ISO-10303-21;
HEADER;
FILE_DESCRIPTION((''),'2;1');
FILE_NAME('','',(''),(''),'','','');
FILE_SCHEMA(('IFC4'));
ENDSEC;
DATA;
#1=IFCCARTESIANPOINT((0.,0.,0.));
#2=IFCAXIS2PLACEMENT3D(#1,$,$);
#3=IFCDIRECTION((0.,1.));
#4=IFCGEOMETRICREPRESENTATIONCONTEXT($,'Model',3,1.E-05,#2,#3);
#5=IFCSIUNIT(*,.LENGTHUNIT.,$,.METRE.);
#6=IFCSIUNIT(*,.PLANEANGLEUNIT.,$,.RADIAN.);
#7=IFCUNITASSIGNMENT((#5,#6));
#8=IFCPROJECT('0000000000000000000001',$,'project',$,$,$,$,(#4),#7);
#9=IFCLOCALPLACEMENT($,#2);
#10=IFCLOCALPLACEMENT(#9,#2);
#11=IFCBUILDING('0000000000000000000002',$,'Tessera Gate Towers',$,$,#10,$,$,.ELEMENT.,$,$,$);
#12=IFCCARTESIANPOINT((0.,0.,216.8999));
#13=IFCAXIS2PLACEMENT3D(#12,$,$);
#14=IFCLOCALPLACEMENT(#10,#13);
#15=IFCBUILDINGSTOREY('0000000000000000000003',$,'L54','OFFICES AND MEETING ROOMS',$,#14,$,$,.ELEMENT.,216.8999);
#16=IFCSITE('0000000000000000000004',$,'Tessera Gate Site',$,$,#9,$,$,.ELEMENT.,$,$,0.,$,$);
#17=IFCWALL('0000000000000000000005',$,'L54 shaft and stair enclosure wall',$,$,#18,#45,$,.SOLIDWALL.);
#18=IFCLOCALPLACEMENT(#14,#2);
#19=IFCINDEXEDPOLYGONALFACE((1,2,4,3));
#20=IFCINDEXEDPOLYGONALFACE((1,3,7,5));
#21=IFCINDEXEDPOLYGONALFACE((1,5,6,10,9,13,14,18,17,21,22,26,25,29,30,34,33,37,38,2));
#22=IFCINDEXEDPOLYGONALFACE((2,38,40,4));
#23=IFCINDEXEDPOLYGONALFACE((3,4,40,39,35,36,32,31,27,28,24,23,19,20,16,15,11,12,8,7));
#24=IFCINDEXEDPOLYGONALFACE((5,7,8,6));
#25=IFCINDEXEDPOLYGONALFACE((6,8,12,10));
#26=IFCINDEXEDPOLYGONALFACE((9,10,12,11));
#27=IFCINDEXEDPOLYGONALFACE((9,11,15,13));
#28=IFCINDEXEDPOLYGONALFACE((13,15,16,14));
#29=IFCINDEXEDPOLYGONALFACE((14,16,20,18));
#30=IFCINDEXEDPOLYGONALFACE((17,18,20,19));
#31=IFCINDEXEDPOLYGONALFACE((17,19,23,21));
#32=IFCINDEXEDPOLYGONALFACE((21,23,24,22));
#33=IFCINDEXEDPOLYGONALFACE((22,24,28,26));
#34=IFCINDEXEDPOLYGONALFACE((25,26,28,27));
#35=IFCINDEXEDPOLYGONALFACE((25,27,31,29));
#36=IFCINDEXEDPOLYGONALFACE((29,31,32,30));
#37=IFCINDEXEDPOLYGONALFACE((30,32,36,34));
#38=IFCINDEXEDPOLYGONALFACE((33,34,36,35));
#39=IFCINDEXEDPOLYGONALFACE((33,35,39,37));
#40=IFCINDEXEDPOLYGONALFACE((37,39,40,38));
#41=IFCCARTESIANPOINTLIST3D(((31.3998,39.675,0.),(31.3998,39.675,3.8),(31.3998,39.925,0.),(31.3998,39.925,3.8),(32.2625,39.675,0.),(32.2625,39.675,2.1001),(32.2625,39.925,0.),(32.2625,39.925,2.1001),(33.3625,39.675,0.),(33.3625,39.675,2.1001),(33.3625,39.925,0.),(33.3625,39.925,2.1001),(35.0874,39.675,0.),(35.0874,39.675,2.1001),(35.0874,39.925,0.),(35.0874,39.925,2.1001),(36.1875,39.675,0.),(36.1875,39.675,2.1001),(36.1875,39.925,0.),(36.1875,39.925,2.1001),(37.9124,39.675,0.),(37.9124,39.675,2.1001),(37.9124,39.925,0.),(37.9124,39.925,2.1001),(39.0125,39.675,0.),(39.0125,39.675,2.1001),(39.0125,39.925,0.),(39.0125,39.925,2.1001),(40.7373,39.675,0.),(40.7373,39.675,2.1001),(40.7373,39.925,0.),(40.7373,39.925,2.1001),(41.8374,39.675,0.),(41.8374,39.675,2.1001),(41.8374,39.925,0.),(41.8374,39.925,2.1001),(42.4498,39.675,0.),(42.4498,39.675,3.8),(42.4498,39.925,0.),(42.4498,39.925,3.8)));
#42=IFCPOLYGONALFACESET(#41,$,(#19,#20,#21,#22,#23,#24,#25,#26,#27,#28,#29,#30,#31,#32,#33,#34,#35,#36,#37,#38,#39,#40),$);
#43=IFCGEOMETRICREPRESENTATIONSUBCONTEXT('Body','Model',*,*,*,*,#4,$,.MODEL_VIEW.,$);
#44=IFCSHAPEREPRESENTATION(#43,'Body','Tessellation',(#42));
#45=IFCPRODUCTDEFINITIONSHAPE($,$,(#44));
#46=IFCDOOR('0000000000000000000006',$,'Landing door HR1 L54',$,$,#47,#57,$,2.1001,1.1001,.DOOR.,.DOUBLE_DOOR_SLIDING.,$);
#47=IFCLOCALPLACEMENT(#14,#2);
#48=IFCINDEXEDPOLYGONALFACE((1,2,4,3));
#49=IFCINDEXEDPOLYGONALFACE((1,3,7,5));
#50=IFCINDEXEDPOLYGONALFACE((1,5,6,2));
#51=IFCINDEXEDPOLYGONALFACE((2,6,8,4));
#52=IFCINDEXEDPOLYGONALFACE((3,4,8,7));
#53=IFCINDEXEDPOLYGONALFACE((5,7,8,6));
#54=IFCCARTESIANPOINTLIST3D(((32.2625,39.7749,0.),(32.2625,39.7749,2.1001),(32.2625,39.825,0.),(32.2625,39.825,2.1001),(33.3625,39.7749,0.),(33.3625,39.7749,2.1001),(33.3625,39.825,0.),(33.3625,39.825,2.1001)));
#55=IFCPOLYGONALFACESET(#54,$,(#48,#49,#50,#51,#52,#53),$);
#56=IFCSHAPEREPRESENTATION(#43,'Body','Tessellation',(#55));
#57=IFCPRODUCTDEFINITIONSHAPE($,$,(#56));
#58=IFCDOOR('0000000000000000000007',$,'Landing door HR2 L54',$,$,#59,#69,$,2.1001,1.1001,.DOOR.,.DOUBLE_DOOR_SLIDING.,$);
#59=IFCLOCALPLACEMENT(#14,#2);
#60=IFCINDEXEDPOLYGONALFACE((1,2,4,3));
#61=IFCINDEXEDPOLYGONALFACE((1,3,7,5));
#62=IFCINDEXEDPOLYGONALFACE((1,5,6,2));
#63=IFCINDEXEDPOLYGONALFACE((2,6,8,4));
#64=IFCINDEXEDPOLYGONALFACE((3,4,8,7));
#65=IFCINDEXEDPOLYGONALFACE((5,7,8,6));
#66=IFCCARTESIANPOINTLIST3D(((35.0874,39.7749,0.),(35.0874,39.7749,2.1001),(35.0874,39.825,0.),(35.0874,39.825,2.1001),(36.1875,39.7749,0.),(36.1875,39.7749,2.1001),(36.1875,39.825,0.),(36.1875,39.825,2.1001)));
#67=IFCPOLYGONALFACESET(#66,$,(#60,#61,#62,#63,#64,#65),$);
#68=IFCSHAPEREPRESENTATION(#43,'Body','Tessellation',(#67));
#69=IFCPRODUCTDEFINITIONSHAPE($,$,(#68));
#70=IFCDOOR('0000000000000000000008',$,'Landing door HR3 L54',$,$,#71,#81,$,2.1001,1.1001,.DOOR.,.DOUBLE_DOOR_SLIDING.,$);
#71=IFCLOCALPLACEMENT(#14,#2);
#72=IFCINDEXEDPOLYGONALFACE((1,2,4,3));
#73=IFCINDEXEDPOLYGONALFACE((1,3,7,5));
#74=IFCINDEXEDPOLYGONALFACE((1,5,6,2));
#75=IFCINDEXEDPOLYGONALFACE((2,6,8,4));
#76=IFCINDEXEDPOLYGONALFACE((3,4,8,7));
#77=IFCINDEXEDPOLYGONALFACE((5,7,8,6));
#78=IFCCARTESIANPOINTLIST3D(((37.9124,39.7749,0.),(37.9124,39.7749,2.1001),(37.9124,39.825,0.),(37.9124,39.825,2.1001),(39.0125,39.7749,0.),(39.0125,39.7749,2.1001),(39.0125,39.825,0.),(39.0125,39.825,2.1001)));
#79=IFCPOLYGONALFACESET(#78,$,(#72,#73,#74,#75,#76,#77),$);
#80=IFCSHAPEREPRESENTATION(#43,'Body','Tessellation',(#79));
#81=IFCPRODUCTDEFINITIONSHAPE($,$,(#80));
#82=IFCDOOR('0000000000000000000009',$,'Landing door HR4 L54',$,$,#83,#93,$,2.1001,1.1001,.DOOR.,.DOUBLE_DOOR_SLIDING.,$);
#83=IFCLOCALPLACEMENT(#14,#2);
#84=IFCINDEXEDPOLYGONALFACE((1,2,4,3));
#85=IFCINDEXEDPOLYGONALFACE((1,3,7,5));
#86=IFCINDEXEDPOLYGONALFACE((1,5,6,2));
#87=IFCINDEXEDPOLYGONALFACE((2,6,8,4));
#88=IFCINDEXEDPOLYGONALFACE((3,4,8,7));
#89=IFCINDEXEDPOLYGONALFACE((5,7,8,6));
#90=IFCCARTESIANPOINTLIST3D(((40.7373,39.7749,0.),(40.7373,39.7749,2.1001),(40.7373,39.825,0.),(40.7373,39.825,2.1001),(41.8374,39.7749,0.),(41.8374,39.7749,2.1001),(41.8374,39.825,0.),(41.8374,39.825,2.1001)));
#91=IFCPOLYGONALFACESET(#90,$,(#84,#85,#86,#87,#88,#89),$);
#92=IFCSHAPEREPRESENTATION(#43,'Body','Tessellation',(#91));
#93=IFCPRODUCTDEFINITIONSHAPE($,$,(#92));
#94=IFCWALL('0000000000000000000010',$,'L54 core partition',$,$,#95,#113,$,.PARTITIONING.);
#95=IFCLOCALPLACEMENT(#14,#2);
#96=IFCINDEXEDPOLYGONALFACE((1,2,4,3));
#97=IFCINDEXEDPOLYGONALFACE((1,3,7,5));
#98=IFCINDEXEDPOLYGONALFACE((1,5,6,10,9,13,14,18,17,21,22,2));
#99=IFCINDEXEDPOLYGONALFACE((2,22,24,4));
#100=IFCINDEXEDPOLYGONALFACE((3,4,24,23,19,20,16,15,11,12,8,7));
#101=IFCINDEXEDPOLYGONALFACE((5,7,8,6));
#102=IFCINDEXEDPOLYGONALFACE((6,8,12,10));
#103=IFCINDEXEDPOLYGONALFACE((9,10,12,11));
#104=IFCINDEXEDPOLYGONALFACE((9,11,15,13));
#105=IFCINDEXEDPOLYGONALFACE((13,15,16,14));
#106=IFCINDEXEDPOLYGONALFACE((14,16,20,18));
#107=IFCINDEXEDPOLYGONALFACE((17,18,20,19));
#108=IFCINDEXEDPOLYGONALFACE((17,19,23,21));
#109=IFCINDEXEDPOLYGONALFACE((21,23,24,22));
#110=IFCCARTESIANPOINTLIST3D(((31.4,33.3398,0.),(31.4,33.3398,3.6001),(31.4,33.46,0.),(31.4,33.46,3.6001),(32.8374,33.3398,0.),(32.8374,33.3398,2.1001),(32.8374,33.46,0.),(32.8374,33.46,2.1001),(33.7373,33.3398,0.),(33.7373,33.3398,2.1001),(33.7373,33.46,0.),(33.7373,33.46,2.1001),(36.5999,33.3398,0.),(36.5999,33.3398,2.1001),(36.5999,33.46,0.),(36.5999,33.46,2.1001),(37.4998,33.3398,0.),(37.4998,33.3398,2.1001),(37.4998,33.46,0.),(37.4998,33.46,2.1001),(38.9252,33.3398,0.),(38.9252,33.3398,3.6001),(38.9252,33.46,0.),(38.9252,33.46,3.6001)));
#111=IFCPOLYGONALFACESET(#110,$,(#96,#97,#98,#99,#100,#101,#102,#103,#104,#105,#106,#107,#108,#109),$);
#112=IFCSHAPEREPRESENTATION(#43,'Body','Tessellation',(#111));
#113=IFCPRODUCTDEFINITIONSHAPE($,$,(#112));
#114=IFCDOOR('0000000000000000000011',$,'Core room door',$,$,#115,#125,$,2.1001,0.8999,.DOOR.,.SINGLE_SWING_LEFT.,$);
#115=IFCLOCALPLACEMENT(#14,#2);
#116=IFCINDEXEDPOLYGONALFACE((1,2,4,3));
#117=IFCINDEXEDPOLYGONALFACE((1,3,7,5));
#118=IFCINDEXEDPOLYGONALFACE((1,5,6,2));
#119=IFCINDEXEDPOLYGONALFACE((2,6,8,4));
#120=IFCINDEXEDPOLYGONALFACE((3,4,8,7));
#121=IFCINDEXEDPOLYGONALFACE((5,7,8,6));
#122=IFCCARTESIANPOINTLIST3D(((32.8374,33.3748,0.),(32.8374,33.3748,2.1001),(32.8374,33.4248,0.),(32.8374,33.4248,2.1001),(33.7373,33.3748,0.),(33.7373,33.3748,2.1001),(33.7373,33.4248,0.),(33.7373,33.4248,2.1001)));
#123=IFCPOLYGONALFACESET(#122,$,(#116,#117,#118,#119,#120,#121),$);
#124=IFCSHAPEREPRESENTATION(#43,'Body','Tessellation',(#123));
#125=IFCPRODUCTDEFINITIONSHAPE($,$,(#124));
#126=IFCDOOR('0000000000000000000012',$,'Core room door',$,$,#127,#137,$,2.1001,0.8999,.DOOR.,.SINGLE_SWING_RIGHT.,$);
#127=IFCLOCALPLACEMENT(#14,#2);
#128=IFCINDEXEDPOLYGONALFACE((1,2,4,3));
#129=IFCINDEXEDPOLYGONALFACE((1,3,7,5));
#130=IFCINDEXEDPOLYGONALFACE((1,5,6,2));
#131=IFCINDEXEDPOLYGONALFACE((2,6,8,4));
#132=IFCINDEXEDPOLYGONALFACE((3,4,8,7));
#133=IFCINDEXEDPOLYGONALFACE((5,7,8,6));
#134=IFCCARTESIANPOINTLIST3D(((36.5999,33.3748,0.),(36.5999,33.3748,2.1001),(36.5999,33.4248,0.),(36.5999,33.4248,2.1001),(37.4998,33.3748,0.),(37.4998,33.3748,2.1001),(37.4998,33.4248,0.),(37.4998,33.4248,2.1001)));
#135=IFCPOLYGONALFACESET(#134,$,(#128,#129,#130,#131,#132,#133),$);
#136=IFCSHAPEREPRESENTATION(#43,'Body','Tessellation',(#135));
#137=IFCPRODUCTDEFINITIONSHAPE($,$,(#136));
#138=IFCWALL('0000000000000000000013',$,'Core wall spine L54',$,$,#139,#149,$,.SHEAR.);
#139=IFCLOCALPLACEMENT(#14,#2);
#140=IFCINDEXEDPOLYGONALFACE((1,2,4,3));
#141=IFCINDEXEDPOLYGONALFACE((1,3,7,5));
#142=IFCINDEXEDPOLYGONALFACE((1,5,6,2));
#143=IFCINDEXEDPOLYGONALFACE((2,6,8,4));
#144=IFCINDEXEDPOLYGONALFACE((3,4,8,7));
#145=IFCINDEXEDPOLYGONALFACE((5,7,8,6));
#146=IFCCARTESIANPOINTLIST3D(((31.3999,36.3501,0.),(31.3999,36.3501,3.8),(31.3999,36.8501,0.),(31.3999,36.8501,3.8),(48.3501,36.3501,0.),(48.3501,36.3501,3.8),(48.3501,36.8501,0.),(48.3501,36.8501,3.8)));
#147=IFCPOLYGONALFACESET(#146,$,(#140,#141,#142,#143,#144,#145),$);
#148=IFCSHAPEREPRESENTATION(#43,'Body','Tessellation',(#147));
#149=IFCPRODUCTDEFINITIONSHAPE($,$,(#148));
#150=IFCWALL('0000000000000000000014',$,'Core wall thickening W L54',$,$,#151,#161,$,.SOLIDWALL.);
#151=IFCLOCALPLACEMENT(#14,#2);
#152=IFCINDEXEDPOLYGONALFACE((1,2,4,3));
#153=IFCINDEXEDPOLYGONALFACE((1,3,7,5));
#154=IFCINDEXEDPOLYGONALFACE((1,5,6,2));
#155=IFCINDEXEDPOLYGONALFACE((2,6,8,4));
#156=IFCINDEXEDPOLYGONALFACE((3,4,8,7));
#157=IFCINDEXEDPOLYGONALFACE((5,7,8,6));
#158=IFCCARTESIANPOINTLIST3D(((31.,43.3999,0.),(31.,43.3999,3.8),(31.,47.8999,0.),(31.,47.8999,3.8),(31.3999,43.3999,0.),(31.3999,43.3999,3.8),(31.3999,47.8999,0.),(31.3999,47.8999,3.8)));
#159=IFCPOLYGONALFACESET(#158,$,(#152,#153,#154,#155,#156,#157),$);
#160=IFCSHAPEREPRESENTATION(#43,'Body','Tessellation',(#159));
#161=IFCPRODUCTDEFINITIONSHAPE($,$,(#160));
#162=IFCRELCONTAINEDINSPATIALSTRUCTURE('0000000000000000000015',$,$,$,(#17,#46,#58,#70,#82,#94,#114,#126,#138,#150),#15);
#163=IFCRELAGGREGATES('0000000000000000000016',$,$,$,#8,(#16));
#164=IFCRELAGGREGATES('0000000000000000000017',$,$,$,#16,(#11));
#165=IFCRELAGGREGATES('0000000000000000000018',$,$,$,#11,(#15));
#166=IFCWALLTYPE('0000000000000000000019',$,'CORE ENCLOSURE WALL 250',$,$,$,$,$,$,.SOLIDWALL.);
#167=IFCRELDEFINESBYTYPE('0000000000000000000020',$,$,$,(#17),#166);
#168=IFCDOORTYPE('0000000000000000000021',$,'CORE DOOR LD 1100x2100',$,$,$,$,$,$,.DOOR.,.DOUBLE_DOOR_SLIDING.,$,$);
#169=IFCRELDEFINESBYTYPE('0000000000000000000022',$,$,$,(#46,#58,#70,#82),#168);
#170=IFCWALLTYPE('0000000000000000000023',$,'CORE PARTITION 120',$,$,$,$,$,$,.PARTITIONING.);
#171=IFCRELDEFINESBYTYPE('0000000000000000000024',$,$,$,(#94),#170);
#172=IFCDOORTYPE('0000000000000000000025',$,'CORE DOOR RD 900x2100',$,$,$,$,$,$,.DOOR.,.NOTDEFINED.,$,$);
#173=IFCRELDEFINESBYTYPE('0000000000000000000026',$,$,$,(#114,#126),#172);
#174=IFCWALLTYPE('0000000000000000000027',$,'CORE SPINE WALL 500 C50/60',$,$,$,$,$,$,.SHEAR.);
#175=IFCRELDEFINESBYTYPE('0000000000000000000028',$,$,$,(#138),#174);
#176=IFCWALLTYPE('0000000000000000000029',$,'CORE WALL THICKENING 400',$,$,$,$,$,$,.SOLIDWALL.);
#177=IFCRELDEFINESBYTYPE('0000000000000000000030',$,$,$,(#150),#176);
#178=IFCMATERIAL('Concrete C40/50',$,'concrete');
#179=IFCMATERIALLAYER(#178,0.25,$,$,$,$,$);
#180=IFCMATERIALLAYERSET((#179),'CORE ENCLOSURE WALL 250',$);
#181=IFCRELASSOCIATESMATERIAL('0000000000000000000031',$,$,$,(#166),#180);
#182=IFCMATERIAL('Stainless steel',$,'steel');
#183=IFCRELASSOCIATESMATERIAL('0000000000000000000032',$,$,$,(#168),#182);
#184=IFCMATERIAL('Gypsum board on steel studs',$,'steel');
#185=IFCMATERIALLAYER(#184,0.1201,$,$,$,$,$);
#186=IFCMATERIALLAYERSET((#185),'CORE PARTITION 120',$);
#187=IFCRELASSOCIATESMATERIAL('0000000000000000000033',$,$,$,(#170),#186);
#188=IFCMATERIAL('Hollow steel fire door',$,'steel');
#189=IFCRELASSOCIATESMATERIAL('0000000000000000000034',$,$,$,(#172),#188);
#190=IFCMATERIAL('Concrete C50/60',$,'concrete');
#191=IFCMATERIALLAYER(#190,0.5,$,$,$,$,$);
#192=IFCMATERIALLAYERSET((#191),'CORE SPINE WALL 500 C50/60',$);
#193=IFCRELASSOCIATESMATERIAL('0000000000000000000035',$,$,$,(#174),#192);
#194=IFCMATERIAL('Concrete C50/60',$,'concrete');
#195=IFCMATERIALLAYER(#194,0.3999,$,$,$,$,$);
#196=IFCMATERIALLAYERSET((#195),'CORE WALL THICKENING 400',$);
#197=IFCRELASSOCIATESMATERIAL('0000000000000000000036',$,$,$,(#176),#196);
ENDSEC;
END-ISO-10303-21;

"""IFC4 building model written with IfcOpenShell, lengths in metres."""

from ifc_helpers import new_model, si_unit, direction, frame, frame_2d, origin, place, context, subcontext, project, spatial, rectangle, extrude, source, transform, mapped, material, layer, layer_set, type_object, element, fill, save


model = new_model("IFC4")

# Units and contexts
model_context = context("Model", 3, precision=1e-05, world=origin(), true_north=direction((0.0, 1.0)))
body_context = subcontext(model_context, "Body", "Model", "MODEL_VIEW")
ifc_project = project(units=[si_unit("LENGTHUNIT", "METRE"), si_unit("PLANEANGLEUNIT", "RADIAN")], contexts=[model_context])

# Site, building, storey
site_placement = place(None, origin())
site = spatial("IfcSite", under=ifc_project, at=site_placement, Name="Tessera Gate Site", CompositionType="ELEMENT", RefElevation=0.0)
building_placement = place(site_placement, origin())
building = spatial("IfcBuilding", under=site, at=building_placement, Name="Tessera Gate Towers", CompositionType="ELEMENT")
storey_placement = place(building_placement, frame((0.0, 0.0, 216.8999)))
storey = spatial("IfcBuildingStorey", under=building, at=storey_placement, Name="L54", Description="OFFICES AND MEETING ROOMS", CompositionType="ELEMENT", Elevation=216.8999)

# Walls, openings, doors
ifc_material_1 = material(Name="Concrete C40/50", Category="concrete")
ifc_layer_1 = layer(ifc_material_1, 0.25)
ifc_layer_set_1 = layer_set([ifc_layer_1], Name="CORE ENCLOSURE WALL 250")
wall_type_1 = type_object("IfcWallType", Name="CORE ENCLOSURE WALL 250", PredefinedType="SOLIDWALL", material=ifc_layer_set_1)
wall_1_placement = place(storey_placement, frame((31.3999, 39.8, 0.0), z_axis=(0.0, 0.0, 1.0), x_axis=(1.0, 0.0, 0.0)))
wall_1 = element("IfcWall", 1, at=wall_1_placement, inside=storey, type_object=wall_type_1, Name="L54 shaft and stair enclosure wall", PredefinedType="SOLIDWALL", context=body_context, shape_type="SweptSolid", body=[
    extrude(rectangle(XDim=11.05, YDim=0.25, at=frame_2d((5.5249, 0.0))), origin(), (0.0, 0.0, 1.0), 3.8),
])
shared_shape_1 = source(origin(), body_context, "Body", "SweptSolid", [
    extrude(rectangle(XDim=1.1001, YDim=2.1001, at=frame_2d((0.55, 1.05))), frame((0.0, 0.135, 0.0), z_axis=(0.0, -1.0, 0.0), x_axis=(1.0, 0.0, 0.0)), (0.0, 0.0, 1.0), 0.27),
])
opening_1_placement = place(wall_1_placement, frame((0.8625, 0.0, 0.0)))
opening_1 = element("IfcOpeningElement", 2, at=opening_1_placement, cuts=wall_1, PredefinedType="OPENING", context=body_context, shape_type="MappedRepresentation", body=[
    mapped(shared_shape_1, transform((0.0, 0.0, 0.0), scale=1.0)),
])
opening_2_placement = place(wall_1_placement, frame((3.6875, 0.0, 0.0)))
opening_2 = element("IfcOpeningElement", 3, at=opening_2_placement, cuts=wall_1, PredefinedType="OPENING", context=body_context, shape_type="MappedRepresentation", body=[
    mapped(shared_shape_1, transform((0.0, 0.0, 0.0), scale=1.0)),
])
opening_3_placement = place(wall_1_placement, frame((6.5125, 0.0, 0.0)))
opening_3 = element("IfcOpeningElement", 4, at=opening_3_placement, cuts=wall_1, PredefinedType="OPENING", context=body_context, shape_type="MappedRepresentation", body=[
    mapped(shared_shape_1, transform((0.0, 0.0, 0.0), scale=1.0)),
])
opening_4_placement = place(wall_1_placement, frame((9.3374, 0.0, 0.0)))
opening_4 = element("IfcOpeningElement", 5, at=opening_4_placement, cuts=wall_1, PredefinedType="OPENING", context=body_context, shape_type="MappedRepresentation", body=[
    mapped(shared_shape_1, transform((0.0, 0.0, 0.0), scale=1.0)),
])
ifc_material_2 = material(Name="Stainless steel", Category="steel")
door_type_1 = type_object("IfcDoorType", Name="CORE DOOR LD 1100x2100", OperationType="DOUBLE_DOOR_SLIDING", PredefinedType="DOOR", material=ifc_material_2)
shared_shape_2 = source(origin(), body_context, "Body", "SweptSolid", [
    extrude(rectangle(XDim=1.1001, YDim=2.1001, at=frame_2d((0.55, 1.05))), frame((0.0, 0.0249, 0.0), z_axis=(0.0, -1.0, 0.0), x_axis=(1.0, 0.0, 0.0)), (0.0, 0.0, 1.0), 0.05),
])
door_1_placement = place(opening_1_placement, origin())
door_1 = element("IfcDoor", 6, at=door_1_placement, inside=storey, type_object=door_type_1, Name="Landing door HR1 L54", OperationType="DOUBLE_DOOR_SLIDING", OverallHeight=2.1001, OverallWidth=1.1001, PredefinedType="DOOR", context=body_context, shape_type="MappedRepresentation", body=[
    mapped(shared_shape_2, transform((0.0, 0.0, 0.0), scale=1.0)),
])
fill(opening_1, door_1)
door_2_placement = place(opening_2_placement, origin())
door_2 = element("IfcDoor", 7, at=door_2_placement, inside=storey, type_object=door_type_1, Name="Landing door HR2 L54", OperationType="DOUBLE_DOOR_SLIDING", OverallHeight=2.1001, OverallWidth=1.1001, PredefinedType="DOOR", context=body_context, shape_type="MappedRepresentation", body=[
    mapped(shared_shape_2, transform((0.0, 0.0, 0.0), scale=1.0)),
])
fill(opening_2, door_2)
door_3_placement = place(opening_3_placement, origin())
door_3 = element("IfcDoor", 8, at=door_3_placement, inside=storey, type_object=door_type_1, Name="Landing door HR3 L54", OperationType="DOUBLE_DOOR_SLIDING", OverallHeight=2.1001, OverallWidth=1.1001, PredefinedType="DOOR", context=body_context, shape_type="MappedRepresentation", body=[
    mapped(shared_shape_2, transform((0.0, 0.0, 0.0), scale=1.0)),
])
fill(opening_3, door_3)
door_4_placement = place(opening_4_placement, origin())
door_4 = element("IfcDoor", 9, at=door_4_placement, inside=storey, type_object=door_type_1, Name="Landing door HR4 L54", OperationType="DOUBLE_DOOR_SLIDING", OverallHeight=2.1001, OverallWidth=1.1001, PredefinedType="DOOR", context=body_context, shape_type="MappedRepresentation", body=[
    mapped(shared_shape_2, transform((0.0, 0.0, 0.0), scale=1.0)),
])
fill(opening_4, door_4)
ifc_material_3 = material(Name="Gypsum board on steel studs", Category="steel")
ifc_layer_2 = layer(ifc_material_3, 0.1201)
ifc_layer_set_2 = layer_set([ifc_layer_2], Name="CORE PARTITION 120")
wall_type_2 = type_object("IfcWallType", Name="CORE PARTITION 120", PredefinedType="PARTITIONING", material=ifc_layer_set_2)
wall_2_placement = place(storey_placement, frame((31.3999, 33.3999, 0.0), z_axis=(0.0, 0.0, 1.0), x_axis=(1.0, 0.0, 0.0)))
wall_2 = element("IfcWall", 10, at=wall_2_placement, inside=storey, type_object=wall_type_2, Name="L54 core partition", PredefinedType="PARTITIONING", context=body_context, shape_type="SweptSolid", body=[
    extrude(rectangle(XDim=7.5251, YDim=0.1201, at=frame_2d((3.7627, 0.0))), origin(), (0.0, 0.0, 1.0), 3.6001),
])
shared_shape_3 = source(origin(), body_context, "Body", "SweptSolid", [
    extrude(rectangle(XDim=0.8999, YDim=2.1001, at=frame_2d((0.45, 1.05))), frame((0.0, 0.0701, 0.0), z_axis=(0.0, -1.0, 0.0), x_axis=(1.0, 0.0, 0.0)), (0.0, 0.0, 1.0), 0.1401),
])
opening_5_placement = place(wall_2_placement, frame((1.4375, 0.0, 0.0)))
opening_5 = element("IfcOpeningElement", 11, at=opening_5_placement, cuts=wall_2, PredefinedType="OPENING", context=body_context, shape_type="MappedRepresentation", body=[
    mapped(shared_shape_3, transform((0.0, 0.0, 0.0), scale=1.0)),
])
opening_6_placement = place(wall_2_placement, frame((5.2, 0.0, 0.0)))
opening_6 = element("IfcOpeningElement", 12, at=opening_6_placement, cuts=wall_2, PredefinedType="OPENING", context=body_context, shape_type="MappedRepresentation", body=[
    mapped(shared_shape_3, transform((0.0, 0.0, 0.0), scale=1.0)),
])
ifc_material_4 = material(Name="Hollow steel fire door", Category="steel")
door_type_2 = type_object("IfcDoorType", Name="CORE DOOR RD 900x2100", OperationType="NOTDEFINED", PredefinedType="DOOR", material=ifc_material_4)
shared_shape_4 = source(origin(), body_context, "Body", "SweptSolid", [
    extrude(rectangle(XDim=0.8999, YDim=2.1001, at=frame_2d((0.45, 1.05))), frame((0.0, 0.0249, 0.0), z_axis=(0.0, -1.0, 0.0), x_axis=(1.0, 0.0, 0.0)), (0.0, 0.0, 1.0), 0.05),
])
door_5_placement = place(opening_5_placement, origin())
door_5 = element("IfcDoor", 13, at=door_5_placement, inside=storey, type_object=door_type_2, Name="Core room door", OperationType="SINGLE_SWING_LEFT", OverallHeight=2.1001, OverallWidth=0.8999, PredefinedType="DOOR", context=body_context, shape_type="MappedRepresentation", body=[
    mapped(shared_shape_4, transform((0.0, 0.0, 0.0), scale=1.0)),
])
fill(opening_5, door_5)
door_6_placement = place(opening_6_placement, origin())
door_6 = element("IfcDoor", 14, at=door_6_placement, inside=storey, type_object=door_type_2, Name="Core room door", OperationType="SINGLE_SWING_RIGHT", OverallHeight=2.1001, OverallWidth=0.8999, PredefinedType="DOOR", context=body_context, shape_type="MappedRepresentation", body=[
    mapped(shared_shape_4, transform((0.0, 0.0, 0.0), scale=1.0)),
])
fill(opening_6, door_6)

# Walls
ifc_material_5 = material(Name="Concrete C50/60", Category="concrete")
ifc_layer_3 = layer(ifc_material_5, 0.5)
ifc_layer_set_3 = layer_set([ifc_layer_3], Name="CORE SPINE WALL 500 C50/60")
wall_type_3 = type_object("IfcWallType", Name="CORE SPINE WALL 500 C50/60", PredefinedType="SHEAR", material=ifc_layer_set_3)
wall_3_placement = place(storey_placement, frame((31.3999, 36.6001, 0.0), z_axis=(0.0, 0.0, 1.0), x_axis=(1.0, 0.0, 0.0)))
element("IfcWall", 15, at=wall_3_placement, inside=storey, type_object=wall_type_3, Name="Core wall spine L54", PredefinedType="SHEAR", context=body_context, shape_type="SweptSolid", body=[
    extrude(rectangle(XDim=16.9502, YDim=0.5, at=frame_2d((8.4751, 0.0))), origin(), (0.0, 0.0, 1.0), 3.8),
])
ifc_material_6 = material(Name="Concrete C50/60", Category="concrete")
ifc_layer_4 = layer(ifc_material_6, 0.3999)
ifc_layer_set_4 = layer_set([ifc_layer_4], Name="CORE WALL THICKENING 400")
wall_type_4 = type_object("IfcWallType", Name="CORE WALL THICKENING 400", PredefinedType="SOLIDWALL", material=ifc_layer_set_4)
wall_4_placement = place(storey_placement, frame((31.2, 43.3999, 0.0), z_axis=(0.0, 0.0, 1.0), x_axis=(0.0, 1.0, 0.0)))
element("IfcWall", 16, at=wall_4_placement, inside=storey, type_object=wall_type_4, Name="Core wall thickening W L54", PredefinedType="SOLIDWALL", context=body_context, shape_type="SweptSolid", body=[
    extrude(rectangle(XDim=4.5, YDim=0.3999, at=frame_2d((2.25, 0.0))), origin(), (0.0, 0.0, 1.0), 3.8),
])

save(model, "model.ifc")
